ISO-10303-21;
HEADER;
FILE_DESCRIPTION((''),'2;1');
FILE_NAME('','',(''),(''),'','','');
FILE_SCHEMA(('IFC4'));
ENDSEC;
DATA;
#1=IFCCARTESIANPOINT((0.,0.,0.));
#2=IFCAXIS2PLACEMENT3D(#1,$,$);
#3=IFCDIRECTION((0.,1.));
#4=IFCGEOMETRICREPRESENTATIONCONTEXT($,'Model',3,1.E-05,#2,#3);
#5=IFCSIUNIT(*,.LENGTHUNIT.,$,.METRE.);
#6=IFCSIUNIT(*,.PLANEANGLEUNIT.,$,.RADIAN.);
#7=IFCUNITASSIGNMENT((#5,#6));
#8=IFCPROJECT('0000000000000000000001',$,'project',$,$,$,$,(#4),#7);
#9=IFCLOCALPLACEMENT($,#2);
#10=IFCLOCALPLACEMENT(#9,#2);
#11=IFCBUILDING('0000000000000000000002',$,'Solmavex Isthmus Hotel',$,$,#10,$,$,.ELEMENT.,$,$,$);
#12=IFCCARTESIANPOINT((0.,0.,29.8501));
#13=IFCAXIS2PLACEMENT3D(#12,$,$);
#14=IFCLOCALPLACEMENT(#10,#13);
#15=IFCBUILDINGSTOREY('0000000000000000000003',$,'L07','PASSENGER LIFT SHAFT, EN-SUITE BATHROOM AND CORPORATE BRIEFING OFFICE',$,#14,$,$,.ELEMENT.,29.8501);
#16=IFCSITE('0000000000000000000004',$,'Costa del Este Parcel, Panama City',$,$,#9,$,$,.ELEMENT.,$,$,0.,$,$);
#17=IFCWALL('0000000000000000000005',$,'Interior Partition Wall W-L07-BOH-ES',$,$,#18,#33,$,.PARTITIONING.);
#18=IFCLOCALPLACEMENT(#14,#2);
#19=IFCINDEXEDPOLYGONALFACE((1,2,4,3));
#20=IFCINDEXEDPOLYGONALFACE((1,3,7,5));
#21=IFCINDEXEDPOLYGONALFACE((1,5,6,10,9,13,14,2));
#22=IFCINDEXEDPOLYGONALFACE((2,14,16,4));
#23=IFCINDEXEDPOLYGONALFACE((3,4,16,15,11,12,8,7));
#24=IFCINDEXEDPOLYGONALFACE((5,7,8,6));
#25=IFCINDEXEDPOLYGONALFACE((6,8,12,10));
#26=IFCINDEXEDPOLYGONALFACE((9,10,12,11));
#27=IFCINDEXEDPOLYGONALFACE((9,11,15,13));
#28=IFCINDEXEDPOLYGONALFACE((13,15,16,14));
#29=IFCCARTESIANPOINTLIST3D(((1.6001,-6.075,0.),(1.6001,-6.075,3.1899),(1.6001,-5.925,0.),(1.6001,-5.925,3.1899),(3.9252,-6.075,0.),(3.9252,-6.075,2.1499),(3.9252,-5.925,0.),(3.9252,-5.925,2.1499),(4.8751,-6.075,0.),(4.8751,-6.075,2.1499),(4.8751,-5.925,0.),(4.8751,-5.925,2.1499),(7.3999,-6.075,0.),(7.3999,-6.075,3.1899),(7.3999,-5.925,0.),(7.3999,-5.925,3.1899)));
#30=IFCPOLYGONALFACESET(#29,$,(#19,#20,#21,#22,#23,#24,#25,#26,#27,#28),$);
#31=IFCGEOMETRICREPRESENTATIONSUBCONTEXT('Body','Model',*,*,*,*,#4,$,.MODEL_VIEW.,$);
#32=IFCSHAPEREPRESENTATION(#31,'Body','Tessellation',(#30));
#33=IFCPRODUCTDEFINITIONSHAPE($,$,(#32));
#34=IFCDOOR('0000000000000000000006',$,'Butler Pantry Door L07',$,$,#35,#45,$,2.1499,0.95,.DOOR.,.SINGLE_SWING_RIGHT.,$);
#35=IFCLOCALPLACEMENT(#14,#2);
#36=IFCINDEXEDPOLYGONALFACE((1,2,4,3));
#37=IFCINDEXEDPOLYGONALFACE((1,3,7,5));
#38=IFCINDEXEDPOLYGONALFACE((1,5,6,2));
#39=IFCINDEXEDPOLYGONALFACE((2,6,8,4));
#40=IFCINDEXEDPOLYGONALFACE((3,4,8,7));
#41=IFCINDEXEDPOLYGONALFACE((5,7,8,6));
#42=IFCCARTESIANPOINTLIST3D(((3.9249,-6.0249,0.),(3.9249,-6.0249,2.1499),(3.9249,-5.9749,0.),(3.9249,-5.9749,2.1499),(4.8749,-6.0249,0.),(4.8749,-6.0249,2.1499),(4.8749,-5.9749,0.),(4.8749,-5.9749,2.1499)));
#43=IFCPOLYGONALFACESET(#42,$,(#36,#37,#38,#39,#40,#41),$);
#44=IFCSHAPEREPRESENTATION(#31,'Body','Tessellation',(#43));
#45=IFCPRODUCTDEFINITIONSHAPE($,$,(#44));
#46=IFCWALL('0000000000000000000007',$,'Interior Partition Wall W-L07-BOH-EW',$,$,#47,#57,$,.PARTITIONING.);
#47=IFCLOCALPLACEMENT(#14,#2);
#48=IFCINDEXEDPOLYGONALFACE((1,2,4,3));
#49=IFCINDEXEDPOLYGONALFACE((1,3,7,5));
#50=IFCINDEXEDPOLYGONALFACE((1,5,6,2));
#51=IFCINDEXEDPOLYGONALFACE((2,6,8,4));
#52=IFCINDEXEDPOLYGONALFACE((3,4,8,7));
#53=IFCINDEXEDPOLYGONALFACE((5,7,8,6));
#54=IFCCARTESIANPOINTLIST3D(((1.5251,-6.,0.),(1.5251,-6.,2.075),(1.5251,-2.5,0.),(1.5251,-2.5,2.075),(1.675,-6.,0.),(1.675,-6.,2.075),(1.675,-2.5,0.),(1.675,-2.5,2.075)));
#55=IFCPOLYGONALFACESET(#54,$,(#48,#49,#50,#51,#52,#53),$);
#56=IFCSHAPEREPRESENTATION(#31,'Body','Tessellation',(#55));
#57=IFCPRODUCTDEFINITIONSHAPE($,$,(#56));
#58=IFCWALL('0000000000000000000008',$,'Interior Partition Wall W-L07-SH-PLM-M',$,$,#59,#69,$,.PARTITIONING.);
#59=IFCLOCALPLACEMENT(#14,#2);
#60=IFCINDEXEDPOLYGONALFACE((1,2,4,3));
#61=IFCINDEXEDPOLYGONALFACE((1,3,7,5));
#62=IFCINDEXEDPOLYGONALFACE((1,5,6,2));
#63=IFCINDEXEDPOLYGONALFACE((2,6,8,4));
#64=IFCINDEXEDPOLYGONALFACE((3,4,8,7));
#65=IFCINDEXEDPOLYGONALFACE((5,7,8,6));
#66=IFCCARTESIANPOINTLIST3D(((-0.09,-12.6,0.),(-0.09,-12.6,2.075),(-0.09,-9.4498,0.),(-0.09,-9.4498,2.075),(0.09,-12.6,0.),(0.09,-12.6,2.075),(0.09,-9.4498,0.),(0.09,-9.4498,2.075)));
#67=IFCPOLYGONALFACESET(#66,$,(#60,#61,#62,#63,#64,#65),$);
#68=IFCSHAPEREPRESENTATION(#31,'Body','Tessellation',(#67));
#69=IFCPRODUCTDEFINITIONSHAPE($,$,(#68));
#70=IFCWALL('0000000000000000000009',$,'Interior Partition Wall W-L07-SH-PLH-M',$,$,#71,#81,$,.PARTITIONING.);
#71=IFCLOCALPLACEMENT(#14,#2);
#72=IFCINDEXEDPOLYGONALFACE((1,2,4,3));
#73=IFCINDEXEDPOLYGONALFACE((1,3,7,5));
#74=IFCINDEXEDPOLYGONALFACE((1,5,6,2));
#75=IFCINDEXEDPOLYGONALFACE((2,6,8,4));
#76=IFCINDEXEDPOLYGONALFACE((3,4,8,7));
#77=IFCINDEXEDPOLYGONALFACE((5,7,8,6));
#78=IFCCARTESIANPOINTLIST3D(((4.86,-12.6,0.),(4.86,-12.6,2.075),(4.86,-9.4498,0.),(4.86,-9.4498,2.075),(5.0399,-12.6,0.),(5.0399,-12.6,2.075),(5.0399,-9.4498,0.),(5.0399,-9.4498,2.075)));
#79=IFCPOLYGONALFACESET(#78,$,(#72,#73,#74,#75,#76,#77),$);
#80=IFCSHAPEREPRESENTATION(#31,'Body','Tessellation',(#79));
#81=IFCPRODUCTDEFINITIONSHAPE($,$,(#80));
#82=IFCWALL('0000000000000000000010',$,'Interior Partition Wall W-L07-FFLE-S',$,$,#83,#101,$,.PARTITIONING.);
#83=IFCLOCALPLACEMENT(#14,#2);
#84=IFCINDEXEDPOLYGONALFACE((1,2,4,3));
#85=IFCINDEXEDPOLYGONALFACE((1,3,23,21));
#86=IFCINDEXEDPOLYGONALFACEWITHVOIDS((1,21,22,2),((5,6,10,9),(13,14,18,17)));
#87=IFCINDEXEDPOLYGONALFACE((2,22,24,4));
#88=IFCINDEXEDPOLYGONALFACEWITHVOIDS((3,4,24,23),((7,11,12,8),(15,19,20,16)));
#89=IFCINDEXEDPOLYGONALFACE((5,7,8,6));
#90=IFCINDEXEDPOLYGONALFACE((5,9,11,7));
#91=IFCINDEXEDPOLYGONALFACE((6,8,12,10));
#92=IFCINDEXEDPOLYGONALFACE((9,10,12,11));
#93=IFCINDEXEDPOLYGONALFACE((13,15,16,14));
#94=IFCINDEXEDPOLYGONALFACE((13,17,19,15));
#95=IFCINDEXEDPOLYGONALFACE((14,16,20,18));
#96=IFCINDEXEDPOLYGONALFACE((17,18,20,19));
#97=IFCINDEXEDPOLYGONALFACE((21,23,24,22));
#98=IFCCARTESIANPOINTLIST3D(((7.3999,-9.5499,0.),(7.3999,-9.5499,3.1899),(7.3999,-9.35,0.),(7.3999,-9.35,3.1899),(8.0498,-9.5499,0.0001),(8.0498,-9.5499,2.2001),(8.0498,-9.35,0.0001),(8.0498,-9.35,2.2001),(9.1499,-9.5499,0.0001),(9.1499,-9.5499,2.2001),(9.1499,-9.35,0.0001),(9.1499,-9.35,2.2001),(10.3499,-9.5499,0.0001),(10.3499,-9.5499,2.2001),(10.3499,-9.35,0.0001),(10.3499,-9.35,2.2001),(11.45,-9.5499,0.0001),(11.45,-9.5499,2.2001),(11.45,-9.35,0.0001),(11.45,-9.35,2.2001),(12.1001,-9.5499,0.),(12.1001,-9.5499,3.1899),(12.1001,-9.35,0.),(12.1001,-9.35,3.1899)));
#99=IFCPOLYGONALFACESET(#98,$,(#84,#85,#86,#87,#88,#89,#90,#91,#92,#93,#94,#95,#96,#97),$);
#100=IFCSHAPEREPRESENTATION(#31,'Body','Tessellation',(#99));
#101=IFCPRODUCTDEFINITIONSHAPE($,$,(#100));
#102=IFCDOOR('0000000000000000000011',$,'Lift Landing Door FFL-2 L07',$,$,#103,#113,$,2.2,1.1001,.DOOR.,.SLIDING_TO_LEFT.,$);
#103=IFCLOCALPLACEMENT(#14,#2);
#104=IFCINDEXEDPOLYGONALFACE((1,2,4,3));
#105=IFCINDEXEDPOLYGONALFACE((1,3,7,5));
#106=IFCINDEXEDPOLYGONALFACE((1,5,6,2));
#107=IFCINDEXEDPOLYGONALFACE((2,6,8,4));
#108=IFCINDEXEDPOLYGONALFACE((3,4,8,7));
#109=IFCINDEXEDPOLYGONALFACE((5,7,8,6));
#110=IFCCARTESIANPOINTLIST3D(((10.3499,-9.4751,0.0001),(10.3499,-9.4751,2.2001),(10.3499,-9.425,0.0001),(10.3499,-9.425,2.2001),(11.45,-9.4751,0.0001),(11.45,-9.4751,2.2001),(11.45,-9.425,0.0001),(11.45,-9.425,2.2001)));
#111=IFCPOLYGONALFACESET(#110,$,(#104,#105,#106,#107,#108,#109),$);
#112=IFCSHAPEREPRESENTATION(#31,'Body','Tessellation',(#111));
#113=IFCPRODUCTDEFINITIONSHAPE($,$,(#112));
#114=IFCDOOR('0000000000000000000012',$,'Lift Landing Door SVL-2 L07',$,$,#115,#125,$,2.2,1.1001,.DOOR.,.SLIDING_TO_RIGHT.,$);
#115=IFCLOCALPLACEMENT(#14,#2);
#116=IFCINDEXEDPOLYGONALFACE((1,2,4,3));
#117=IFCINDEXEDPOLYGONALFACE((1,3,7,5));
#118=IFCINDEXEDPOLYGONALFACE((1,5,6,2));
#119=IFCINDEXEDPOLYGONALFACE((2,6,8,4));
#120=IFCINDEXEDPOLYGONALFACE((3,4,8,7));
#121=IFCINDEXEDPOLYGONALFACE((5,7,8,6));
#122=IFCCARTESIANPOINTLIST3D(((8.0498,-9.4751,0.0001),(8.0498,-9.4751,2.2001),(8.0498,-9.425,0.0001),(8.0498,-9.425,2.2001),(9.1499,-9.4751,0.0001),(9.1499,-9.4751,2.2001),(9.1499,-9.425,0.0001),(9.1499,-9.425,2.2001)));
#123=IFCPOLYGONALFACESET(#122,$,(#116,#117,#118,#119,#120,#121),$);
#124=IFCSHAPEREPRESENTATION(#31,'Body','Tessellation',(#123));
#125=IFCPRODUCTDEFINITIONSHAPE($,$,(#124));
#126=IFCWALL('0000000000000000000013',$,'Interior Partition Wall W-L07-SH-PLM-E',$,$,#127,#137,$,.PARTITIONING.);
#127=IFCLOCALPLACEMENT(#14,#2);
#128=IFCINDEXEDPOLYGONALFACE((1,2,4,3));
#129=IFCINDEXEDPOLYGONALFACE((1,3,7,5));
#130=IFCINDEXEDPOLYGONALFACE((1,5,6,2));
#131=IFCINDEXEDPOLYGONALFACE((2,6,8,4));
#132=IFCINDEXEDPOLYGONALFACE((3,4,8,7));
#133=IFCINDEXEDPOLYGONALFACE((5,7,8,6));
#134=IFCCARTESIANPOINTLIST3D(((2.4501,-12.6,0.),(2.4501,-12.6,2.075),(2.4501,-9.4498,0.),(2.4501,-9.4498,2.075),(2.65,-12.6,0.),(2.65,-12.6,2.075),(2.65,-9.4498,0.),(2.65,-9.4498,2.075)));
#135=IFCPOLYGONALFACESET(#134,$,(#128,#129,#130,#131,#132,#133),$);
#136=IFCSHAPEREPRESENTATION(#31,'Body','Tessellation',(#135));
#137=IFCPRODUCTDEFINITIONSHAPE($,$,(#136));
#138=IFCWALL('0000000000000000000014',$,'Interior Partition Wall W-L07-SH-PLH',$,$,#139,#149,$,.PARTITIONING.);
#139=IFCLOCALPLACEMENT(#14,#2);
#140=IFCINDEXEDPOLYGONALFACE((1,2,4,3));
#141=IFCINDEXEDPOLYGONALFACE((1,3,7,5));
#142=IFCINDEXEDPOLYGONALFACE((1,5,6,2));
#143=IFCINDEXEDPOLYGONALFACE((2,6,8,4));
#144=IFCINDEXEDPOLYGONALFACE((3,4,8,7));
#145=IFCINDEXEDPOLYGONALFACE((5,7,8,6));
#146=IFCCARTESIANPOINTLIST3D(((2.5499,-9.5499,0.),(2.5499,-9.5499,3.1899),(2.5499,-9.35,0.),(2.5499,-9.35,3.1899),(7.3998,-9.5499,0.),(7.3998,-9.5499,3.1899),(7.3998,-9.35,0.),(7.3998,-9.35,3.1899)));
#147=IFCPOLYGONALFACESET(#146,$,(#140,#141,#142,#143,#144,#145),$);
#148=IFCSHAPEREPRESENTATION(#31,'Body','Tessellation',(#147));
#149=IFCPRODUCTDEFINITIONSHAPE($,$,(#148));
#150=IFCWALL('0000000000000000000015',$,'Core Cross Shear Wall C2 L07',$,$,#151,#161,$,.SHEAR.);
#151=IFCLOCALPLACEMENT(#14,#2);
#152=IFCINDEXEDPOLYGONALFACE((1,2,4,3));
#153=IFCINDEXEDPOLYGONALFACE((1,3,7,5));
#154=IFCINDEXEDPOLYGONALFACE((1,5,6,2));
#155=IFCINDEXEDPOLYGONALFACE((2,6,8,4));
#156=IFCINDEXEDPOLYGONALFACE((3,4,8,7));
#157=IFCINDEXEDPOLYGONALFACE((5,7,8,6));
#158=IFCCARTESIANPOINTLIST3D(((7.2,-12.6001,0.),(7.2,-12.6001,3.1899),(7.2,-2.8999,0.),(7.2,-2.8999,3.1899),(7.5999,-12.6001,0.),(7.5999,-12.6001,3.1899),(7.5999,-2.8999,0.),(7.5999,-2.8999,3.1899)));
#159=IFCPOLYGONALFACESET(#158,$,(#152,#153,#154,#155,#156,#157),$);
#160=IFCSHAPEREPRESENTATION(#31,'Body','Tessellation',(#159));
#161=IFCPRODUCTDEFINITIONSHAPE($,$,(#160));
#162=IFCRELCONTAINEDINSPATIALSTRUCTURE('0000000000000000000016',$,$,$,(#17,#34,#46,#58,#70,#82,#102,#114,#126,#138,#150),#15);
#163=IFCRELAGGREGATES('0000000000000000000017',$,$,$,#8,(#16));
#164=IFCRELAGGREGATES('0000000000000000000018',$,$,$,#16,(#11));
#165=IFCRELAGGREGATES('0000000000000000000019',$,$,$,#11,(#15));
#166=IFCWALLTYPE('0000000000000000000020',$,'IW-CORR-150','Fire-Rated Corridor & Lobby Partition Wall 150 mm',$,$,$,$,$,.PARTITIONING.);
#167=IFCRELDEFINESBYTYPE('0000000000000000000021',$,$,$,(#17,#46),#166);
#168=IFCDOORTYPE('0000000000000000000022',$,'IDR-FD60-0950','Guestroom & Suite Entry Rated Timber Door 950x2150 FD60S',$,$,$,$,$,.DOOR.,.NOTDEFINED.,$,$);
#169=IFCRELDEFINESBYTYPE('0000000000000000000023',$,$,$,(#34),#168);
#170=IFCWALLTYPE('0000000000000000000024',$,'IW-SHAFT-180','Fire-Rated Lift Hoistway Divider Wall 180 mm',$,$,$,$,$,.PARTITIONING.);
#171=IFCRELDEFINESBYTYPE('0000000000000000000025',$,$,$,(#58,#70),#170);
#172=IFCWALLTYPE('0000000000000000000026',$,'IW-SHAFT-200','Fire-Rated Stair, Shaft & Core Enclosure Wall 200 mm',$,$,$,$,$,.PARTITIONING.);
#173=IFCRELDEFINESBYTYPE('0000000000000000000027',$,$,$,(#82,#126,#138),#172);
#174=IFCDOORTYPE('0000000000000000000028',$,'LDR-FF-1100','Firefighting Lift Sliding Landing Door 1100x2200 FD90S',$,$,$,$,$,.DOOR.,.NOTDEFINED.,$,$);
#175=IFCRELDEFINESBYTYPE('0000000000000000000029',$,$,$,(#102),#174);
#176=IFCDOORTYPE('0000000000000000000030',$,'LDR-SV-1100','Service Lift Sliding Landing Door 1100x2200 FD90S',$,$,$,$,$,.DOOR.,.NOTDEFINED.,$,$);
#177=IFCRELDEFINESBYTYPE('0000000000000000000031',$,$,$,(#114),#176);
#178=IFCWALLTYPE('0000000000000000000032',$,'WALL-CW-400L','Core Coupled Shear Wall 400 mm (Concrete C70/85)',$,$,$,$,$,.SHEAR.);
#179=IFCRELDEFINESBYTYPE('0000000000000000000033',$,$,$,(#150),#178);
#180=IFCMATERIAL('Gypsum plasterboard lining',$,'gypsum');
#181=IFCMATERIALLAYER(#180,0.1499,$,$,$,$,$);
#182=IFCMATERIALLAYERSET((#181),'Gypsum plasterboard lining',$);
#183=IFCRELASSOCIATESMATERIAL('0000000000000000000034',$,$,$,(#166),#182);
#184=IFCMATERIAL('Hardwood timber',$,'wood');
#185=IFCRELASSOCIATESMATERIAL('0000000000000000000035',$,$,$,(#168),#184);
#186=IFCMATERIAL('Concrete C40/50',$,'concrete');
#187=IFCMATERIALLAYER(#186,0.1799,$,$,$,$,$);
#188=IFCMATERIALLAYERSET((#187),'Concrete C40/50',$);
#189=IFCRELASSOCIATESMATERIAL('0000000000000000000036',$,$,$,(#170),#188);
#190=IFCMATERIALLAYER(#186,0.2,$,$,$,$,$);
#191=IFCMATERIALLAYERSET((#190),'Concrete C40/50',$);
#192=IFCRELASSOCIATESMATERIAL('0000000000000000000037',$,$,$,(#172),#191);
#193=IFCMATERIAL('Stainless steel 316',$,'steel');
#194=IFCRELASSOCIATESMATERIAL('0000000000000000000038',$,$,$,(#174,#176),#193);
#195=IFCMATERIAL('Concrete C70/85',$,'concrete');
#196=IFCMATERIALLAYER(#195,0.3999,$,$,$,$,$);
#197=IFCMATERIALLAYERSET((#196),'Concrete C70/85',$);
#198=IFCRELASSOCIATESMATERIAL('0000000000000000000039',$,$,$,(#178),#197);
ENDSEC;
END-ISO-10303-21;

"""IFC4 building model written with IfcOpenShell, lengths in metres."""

from ifc_helpers import new_model, si_unit, direction, frame, frame_2d, origin, place, context, subcontext, project, spatial, rectangle, extrude, material, layer, layer_set, type_object, element, fill, save


model = new_model("IFC4")

# Units and contexts
model_context = context("Model", 3, precision=1e-05, world=origin(), true_north=direction((0.0, 1.0)))
body_context = subcontext(model_context, "Body", "Model", "MODEL_VIEW")
ifc_project = project(units=[si_unit("LENGTHUNIT", "METRE"), si_unit("PLANEANGLEUNIT", "RADIAN")], contexts=[model_context])

# Site, building, storey
site_placement = place(None, origin())
site = spatial("IfcSite", under=ifc_project, at=site_placement, Name="Costa del Este Parcel, Panama City", CompositionType="ELEMENT", RefElevation=0.0)
building_placement = place(site_placement, origin())
building = spatial("IfcBuilding", under=site, at=building_placement, Name="Solmavex Isthmus Hotel", CompositionType="ELEMENT")
storey_placement = place(building_placement, frame((0.0, 0.0, 29.8501)))
storey = spatial("IfcBuildingStorey", under=building, at=storey_placement, Name="L07", Description="PASSENGER LIFT SHAFT, EN-SUITE BATHROOM AND CORPORATE BRIEFING OFFICE", CompositionType="ELEMENT", Elevation=29.8501)

# Shared definitions
ifc_material_1 = material(Name="Concrete C70/85", Category="concrete")

# Shared definitions
ifc_material_2 = material(Name="Concrete C40/50", Category="concrete")

# Shared definitions
ifc_material_3 = material(Name="Gypsum plasterboard lining", Category="gypsum")

# Wall, opening, door
ifc_layer_1 = layer(ifc_material_3, 0.1499)
ifc_layer_set_1 = layer_set([ifc_layer_1], Name="Gypsum plasterboard lining")
wall_type_1 = type_object("IfcWallType", Name="IW-CORR-150", Description="Fire-Rated Corridor & Lobby Partition Wall 150 mm", PredefinedType="PARTITIONING", material=ifc_layer_set_1)
wall_1_placement = place(storey_placement, frame((1.6001, -6.0, 0.0), z_axis=(0.0, 0.0, 1.0), x_axis=(1.0, 0.0, 0.0)))
wall_1 = element("IfcWall", 1, at=wall_1_placement, inside=storey, type_object=wall_type_1, Name="Interior Partition Wall W-L07-BOH-ES", PredefinedType="PARTITIONING", context=body_context, shape_type="SweptSolid", body=[
    extrude(rectangle(XDim=5.7998, YDim=0.1499, at=frame_2d((2.8999, 0.0))), origin(), (0.0, 0.0, 1.0), 3.1899),
])
opening_1_placement = place(wall_1_placement, frame((2.325, 0.0, 0.0)))
opening_1 = element("IfcOpeningElement", 2, at=opening_1_placement, cuts=wall_1, PredefinedType="OPENING", context=body_context, shape_type="SweptSolid", body=[
    extrude(rectangle(XDim=0.95, YDim=2.1499, at=frame_2d((0.4751, 1.075))), frame((0.0, 0.085, 0.0), z_axis=(0.0, -1.0, 0.0), x_axis=(1.0, 0.0, 0.0)), (0.0, 0.0, 1.0), 0.1699),
])
ifc_material_4 = material(Name="Hardwood timber", Category="wood")
door_type_1 = type_object("IfcDoorType", Name="IDR-FD60-0950", Description="Guestroom & Suite Entry Rated Timber Door 950x2150 FD60S", OperationType="NOTDEFINED", PredefinedType="DOOR", material=ifc_material_4)
door_1_placement = place(opening_1_placement, frame((0.95, 0.0, 0.0), z_axis=(0.0, 0.0, 1.0), x_axis=(-1.0, 0.0, 0.0)))
door_1 = element("IfcDoor", 3, at=door_1_placement, inside=storey, type_object=door_type_1, Name="Butler Pantry Door L07", OperationType="SINGLE_SWING_RIGHT", OverallHeight=2.1499, OverallWidth=0.95, PredefinedType="DOOR", context=body_context, shape_type="SweptSolid", body=[
    extrude(rectangle(XDim=0.95, YDim=2.1499, at=frame_2d((0.4751, 1.075))), frame((0.0, 0.0249, 0.0), z_axis=(0.0, -1.0, 0.0), x_axis=(1.0, 0.0, 0.0)), (0.0, 0.0, 1.0), 0.05),
])
fill(opening_1, door_1)

# Walls
wall_2_placement = place(storey_placement, frame((1.6001, -6.0, 0.0), z_axis=(0.0, 0.0, 1.0), x_axis=(0.0, 1.0, 0.0)))
element("IfcWall", 4, at=wall_2_placement, inside=storey, type_object=wall_type_1, Name="Interior Partition Wall W-L07-BOH-EW", PredefinedType="PARTITIONING", context=body_context, shape_type="SweptSolid", body=[
    extrude(rectangle(XDim=3.5, YDim=0.1499, at=frame_2d((1.75, 0.0))), origin(), (0.0, 0.0, 1.0), 2.075),
])
ifc_layer_2 = layer(ifc_material_2, 0.1799)
ifc_layer_set_2 = layer_set([ifc_layer_2], Name="Concrete C40/50")
wall_type_2 = type_object("IfcWallType", Name="IW-SHAFT-180", Description="Fire-Rated Lift Hoistway Divider Wall 180 mm", PredefinedType="PARTITIONING", material=ifc_layer_set_2)
for number, where, z_axis, x_axis, name in (
    (5, (0.0, -12.6001, 0.0), (0.0, 0.0, 1.0), (0.0, 1.0, 0.0), "Interior Partition Wall W-L07-SH-PLM-M"),
    (6, (4.95, -12.6001, 0.0), (0.0, 0.0, 1.0), (0.0, 1.0, 0.0), "Interior Partition Wall W-L07-SH-PLH-M"),
):
    element("IfcWall", number, at=place(storey_placement, frame(where, z_axis=z_axis, x_axis=x_axis)), inside=storey, type_object=wall_type_2, Name=name, PredefinedType="PARTITIONING", context=body_context, shape_type="SweptSolid", body=[
        extrude(rectangle(XDim=3.1501, YDim=0.1799, at=frame_2d((1.5752, 0.0))), origin(), (0.0, 0.0, 1.0), 2.075),
    ])

# Wall, openings, doors
ifc_layer_3 = layer(ifc_material_2, 0.2)
ifc_layer_set_3 = layer_set([ifc_layer_3], Name="Concrete C40/50")
wall_type_3 = type_object("IfcWallType", Name="IW-SHAFT-200", Description="Fire-Rated Stair, Shaft & Core Enclosure Wall 200 mm", PredefinedType="PARTITIONING", material=ifc_layer_set_3)
wall_3_placement = place(storey_placement, frame((7.3999, -9.45, 0.0), z_axis=(0.0, 0.0, 1.0), x_axis=(1.0, 0.0, 0.0)))
wall_3 = element("IfcWall", 7, at=wall_3_placement, inside=storey, type_object=wall_type_3, Name="Interior Partition Wall W-L07-FFLE-S", PredefinedType="PARTITIONING", context=body_context, shape_type="SweptSolid", body=[
    extrude(rectangle(XDim=4.7002, YDim=0.2, at=frame_2d((2.3501, 0.0))), origin(), (0.0, 0.0, 1.0), 3.1899),
])
opening_2_placement = place(wall_3_placement, frame((2.95, 0.0, 0.0)))
opening_2 = element("IfcOpeningElement", 8, at=opening_2_placement, cuts=wall_3, PredefinedType="OPENING", context=body_context, shape_type="SweptSolid", body=[
    extrude(rectangle(XDim=1.1001, YDim=2.2, at=frame_2d((0.55, 1.1001))), frame((0.0, 0.1099, 0.0), z_axis=(0.0, -1.0, 0.0), x_axis=(1.0, 0.0, 0.0)), (0.0, 0.0, 1.0), 0.22),
])
opening_3_placement = place(wall_3_placement, frame((0.6499, 0.0, 0.0)))
opening_3 = element("IfcOpeningElement", 9, at=opening_3_placement, cuts=wall_3, PredefinedType="OPENING", context=body_context, shape_type="SweptSolid", body=[
    extrude(rectangle(XDim=1.1001, YDim=2.2, at=frame_2d((0.55, 1.1001))), frame((0.0, 0.1099, 0.0), z_axis=(0.0, -1.0, 0.0), x_axis=(1.0, 0.0, 0.0)), (0.0, 0.0, 1.0), 0.22),
])
ifc_material_5 = material(Name="Stainless steel 316", Category="steel")
door_type_2 = type_object("IfcDoorType", Name="LDR-FF-1100", Description="Firefighting Lift Sliding Landing Door 1100x2200 FD90S", OperationType="NOTDEFINED", PredefinedType="DOOR", material=ifc_material_5)
door_2_placement = place(opening_2_placement, origin())
door_2 = element("IfcDoor", 10, at=door_2_placement, inside=storey, type_object=door_type_2, Name="Lift Landing Door FFL-2 L07", OperationType="SLIDING_TO_LEFT", OverallHeight=2.2, OverallWidth=1.1001, PredefinedType="DOOR", context=body_context, shape_type="SweptSolid", body=[
    extrude(rectangle(XDim=1.1001, YDim=2.2, at=frame_2d((0.55, 1.1001))), frame((0.0, 0.0249, 0.0), z_axis=(0.0, -1.0, 0.0), x_axis=(1.0, 0.0, 0.0)), (0.0, 0.0, 1.0), 0.05),
])
fill(opening_2, door_2)
door_type_3 = type_object("IfcDoorType", Name="LDR-SV-1100", Description="Service Lift Sliding Landing Door 1100x2200 FD90S", OperationType="NOTDEFINED", PredefinedType="DOOR", material=ifc_material_5)
door_3_placement = place(opening_3_placement, origin())
door_3 = element("IfcDoor", 11, at=door_3_placement, inside=storey, type_object=door_type_3, Name="Lift Landing Door SVL-2 L07", OperationType="SLIDING_TO_RIGHT", OverallHeight=2.2, OverallWidth=1.1001, PredefinedType="DOOR", context=body_context, shape_type="SweptSolid", body=[
    extrude(rectangle(XDim=1.1001, YDim=2.2, at=frame_2d((0.55, 1.1001))), frame((0.0, 0.0249, 0.0), z_axis=(0.0, -1.0, 0.0), x_axis=(1.0, 0.0, 0.0)), (0.0, 0.0, 1.0), 0.05),
])
fill(opening_3, door_3)

# Walls
wall_4_placement = place(storey_placement, frame((2.55, -12.6001, 0.0), z_axis=(0.0, 0.0, 1.0), x_axis=(0.0, 1.0, 0.0)))
element("IfcWall", 12, at=wall_4_placement, inside=storey, type_object=wall_type_3, Name="Interior Partition Wall W-L07-SH-PLM-E", PredefinedType="PARTITIONING", context=body_context, shape_type="SweptSolid", body=[
    extrude(rectangle(XDim=3.1501, YDim=0.2, at=frame_2d((1.5752, 0.0))), origin(), (0.0, 0.0, 1.0), 2.075),
])
wall_5_placement = place(storey_placement, frame((2.55, -9.45, 0.0), z_axis=(0.0, 0.0, 1.0), x_axis=(1.0, 0.0, 0.0)))
element("IfcWall", 13, at=wall_5_placement, inside=storey, type_object=wall_type_3, Name="Interior Partition Wall W-L07-SH-PLH", PredefinedType="PARTITIONING", context=body_context, shape_type="SweptSolid", body=[
    extrude(rectangle(XDim=4.8499, YDim=0.2, at=frame_2d((2.4248, 0.0))), origin(), (0.0, 0.0, 1.0), 3.1899),
])
ifc_layer_4 = layer(ifc_material_1, 0.3999)
ifc_layer_set_4 = layer_set([ifc_layer_4], Name="Concrete C70/85")
wall_type_4 = type_object("IfcWallType", Name="WALL-CW-400L", Description="Core Coupled Shear Wall 400 mm (Concrete C70/85)", PredefinedType="SHEAR", material=ifc_layer_set_4)
wall_6_placement = place(storey_placement, frame((7.3999, -12.6001, 0.0), z_axis=(0.0, 0.0, 1.0), x_axis=(0.0, 1.0, 0.0)))
element("IfcWall", 14, at=wall_6_placement, inside=storey, type_object=wall_type_4, Name="Core Cross Shear Wall C2 L07", PredefinedType="SHEAR", context=body_context, shape_type="SweptSolid", body=[
    extrude(rectangle(XDim=9.7002, YDim=0.3999, at=frame_2d((4.8501, 0.0))), origin(), (0.0, 0.0, 1.0), 3.1899),
])

save(model, "model.ifc")
